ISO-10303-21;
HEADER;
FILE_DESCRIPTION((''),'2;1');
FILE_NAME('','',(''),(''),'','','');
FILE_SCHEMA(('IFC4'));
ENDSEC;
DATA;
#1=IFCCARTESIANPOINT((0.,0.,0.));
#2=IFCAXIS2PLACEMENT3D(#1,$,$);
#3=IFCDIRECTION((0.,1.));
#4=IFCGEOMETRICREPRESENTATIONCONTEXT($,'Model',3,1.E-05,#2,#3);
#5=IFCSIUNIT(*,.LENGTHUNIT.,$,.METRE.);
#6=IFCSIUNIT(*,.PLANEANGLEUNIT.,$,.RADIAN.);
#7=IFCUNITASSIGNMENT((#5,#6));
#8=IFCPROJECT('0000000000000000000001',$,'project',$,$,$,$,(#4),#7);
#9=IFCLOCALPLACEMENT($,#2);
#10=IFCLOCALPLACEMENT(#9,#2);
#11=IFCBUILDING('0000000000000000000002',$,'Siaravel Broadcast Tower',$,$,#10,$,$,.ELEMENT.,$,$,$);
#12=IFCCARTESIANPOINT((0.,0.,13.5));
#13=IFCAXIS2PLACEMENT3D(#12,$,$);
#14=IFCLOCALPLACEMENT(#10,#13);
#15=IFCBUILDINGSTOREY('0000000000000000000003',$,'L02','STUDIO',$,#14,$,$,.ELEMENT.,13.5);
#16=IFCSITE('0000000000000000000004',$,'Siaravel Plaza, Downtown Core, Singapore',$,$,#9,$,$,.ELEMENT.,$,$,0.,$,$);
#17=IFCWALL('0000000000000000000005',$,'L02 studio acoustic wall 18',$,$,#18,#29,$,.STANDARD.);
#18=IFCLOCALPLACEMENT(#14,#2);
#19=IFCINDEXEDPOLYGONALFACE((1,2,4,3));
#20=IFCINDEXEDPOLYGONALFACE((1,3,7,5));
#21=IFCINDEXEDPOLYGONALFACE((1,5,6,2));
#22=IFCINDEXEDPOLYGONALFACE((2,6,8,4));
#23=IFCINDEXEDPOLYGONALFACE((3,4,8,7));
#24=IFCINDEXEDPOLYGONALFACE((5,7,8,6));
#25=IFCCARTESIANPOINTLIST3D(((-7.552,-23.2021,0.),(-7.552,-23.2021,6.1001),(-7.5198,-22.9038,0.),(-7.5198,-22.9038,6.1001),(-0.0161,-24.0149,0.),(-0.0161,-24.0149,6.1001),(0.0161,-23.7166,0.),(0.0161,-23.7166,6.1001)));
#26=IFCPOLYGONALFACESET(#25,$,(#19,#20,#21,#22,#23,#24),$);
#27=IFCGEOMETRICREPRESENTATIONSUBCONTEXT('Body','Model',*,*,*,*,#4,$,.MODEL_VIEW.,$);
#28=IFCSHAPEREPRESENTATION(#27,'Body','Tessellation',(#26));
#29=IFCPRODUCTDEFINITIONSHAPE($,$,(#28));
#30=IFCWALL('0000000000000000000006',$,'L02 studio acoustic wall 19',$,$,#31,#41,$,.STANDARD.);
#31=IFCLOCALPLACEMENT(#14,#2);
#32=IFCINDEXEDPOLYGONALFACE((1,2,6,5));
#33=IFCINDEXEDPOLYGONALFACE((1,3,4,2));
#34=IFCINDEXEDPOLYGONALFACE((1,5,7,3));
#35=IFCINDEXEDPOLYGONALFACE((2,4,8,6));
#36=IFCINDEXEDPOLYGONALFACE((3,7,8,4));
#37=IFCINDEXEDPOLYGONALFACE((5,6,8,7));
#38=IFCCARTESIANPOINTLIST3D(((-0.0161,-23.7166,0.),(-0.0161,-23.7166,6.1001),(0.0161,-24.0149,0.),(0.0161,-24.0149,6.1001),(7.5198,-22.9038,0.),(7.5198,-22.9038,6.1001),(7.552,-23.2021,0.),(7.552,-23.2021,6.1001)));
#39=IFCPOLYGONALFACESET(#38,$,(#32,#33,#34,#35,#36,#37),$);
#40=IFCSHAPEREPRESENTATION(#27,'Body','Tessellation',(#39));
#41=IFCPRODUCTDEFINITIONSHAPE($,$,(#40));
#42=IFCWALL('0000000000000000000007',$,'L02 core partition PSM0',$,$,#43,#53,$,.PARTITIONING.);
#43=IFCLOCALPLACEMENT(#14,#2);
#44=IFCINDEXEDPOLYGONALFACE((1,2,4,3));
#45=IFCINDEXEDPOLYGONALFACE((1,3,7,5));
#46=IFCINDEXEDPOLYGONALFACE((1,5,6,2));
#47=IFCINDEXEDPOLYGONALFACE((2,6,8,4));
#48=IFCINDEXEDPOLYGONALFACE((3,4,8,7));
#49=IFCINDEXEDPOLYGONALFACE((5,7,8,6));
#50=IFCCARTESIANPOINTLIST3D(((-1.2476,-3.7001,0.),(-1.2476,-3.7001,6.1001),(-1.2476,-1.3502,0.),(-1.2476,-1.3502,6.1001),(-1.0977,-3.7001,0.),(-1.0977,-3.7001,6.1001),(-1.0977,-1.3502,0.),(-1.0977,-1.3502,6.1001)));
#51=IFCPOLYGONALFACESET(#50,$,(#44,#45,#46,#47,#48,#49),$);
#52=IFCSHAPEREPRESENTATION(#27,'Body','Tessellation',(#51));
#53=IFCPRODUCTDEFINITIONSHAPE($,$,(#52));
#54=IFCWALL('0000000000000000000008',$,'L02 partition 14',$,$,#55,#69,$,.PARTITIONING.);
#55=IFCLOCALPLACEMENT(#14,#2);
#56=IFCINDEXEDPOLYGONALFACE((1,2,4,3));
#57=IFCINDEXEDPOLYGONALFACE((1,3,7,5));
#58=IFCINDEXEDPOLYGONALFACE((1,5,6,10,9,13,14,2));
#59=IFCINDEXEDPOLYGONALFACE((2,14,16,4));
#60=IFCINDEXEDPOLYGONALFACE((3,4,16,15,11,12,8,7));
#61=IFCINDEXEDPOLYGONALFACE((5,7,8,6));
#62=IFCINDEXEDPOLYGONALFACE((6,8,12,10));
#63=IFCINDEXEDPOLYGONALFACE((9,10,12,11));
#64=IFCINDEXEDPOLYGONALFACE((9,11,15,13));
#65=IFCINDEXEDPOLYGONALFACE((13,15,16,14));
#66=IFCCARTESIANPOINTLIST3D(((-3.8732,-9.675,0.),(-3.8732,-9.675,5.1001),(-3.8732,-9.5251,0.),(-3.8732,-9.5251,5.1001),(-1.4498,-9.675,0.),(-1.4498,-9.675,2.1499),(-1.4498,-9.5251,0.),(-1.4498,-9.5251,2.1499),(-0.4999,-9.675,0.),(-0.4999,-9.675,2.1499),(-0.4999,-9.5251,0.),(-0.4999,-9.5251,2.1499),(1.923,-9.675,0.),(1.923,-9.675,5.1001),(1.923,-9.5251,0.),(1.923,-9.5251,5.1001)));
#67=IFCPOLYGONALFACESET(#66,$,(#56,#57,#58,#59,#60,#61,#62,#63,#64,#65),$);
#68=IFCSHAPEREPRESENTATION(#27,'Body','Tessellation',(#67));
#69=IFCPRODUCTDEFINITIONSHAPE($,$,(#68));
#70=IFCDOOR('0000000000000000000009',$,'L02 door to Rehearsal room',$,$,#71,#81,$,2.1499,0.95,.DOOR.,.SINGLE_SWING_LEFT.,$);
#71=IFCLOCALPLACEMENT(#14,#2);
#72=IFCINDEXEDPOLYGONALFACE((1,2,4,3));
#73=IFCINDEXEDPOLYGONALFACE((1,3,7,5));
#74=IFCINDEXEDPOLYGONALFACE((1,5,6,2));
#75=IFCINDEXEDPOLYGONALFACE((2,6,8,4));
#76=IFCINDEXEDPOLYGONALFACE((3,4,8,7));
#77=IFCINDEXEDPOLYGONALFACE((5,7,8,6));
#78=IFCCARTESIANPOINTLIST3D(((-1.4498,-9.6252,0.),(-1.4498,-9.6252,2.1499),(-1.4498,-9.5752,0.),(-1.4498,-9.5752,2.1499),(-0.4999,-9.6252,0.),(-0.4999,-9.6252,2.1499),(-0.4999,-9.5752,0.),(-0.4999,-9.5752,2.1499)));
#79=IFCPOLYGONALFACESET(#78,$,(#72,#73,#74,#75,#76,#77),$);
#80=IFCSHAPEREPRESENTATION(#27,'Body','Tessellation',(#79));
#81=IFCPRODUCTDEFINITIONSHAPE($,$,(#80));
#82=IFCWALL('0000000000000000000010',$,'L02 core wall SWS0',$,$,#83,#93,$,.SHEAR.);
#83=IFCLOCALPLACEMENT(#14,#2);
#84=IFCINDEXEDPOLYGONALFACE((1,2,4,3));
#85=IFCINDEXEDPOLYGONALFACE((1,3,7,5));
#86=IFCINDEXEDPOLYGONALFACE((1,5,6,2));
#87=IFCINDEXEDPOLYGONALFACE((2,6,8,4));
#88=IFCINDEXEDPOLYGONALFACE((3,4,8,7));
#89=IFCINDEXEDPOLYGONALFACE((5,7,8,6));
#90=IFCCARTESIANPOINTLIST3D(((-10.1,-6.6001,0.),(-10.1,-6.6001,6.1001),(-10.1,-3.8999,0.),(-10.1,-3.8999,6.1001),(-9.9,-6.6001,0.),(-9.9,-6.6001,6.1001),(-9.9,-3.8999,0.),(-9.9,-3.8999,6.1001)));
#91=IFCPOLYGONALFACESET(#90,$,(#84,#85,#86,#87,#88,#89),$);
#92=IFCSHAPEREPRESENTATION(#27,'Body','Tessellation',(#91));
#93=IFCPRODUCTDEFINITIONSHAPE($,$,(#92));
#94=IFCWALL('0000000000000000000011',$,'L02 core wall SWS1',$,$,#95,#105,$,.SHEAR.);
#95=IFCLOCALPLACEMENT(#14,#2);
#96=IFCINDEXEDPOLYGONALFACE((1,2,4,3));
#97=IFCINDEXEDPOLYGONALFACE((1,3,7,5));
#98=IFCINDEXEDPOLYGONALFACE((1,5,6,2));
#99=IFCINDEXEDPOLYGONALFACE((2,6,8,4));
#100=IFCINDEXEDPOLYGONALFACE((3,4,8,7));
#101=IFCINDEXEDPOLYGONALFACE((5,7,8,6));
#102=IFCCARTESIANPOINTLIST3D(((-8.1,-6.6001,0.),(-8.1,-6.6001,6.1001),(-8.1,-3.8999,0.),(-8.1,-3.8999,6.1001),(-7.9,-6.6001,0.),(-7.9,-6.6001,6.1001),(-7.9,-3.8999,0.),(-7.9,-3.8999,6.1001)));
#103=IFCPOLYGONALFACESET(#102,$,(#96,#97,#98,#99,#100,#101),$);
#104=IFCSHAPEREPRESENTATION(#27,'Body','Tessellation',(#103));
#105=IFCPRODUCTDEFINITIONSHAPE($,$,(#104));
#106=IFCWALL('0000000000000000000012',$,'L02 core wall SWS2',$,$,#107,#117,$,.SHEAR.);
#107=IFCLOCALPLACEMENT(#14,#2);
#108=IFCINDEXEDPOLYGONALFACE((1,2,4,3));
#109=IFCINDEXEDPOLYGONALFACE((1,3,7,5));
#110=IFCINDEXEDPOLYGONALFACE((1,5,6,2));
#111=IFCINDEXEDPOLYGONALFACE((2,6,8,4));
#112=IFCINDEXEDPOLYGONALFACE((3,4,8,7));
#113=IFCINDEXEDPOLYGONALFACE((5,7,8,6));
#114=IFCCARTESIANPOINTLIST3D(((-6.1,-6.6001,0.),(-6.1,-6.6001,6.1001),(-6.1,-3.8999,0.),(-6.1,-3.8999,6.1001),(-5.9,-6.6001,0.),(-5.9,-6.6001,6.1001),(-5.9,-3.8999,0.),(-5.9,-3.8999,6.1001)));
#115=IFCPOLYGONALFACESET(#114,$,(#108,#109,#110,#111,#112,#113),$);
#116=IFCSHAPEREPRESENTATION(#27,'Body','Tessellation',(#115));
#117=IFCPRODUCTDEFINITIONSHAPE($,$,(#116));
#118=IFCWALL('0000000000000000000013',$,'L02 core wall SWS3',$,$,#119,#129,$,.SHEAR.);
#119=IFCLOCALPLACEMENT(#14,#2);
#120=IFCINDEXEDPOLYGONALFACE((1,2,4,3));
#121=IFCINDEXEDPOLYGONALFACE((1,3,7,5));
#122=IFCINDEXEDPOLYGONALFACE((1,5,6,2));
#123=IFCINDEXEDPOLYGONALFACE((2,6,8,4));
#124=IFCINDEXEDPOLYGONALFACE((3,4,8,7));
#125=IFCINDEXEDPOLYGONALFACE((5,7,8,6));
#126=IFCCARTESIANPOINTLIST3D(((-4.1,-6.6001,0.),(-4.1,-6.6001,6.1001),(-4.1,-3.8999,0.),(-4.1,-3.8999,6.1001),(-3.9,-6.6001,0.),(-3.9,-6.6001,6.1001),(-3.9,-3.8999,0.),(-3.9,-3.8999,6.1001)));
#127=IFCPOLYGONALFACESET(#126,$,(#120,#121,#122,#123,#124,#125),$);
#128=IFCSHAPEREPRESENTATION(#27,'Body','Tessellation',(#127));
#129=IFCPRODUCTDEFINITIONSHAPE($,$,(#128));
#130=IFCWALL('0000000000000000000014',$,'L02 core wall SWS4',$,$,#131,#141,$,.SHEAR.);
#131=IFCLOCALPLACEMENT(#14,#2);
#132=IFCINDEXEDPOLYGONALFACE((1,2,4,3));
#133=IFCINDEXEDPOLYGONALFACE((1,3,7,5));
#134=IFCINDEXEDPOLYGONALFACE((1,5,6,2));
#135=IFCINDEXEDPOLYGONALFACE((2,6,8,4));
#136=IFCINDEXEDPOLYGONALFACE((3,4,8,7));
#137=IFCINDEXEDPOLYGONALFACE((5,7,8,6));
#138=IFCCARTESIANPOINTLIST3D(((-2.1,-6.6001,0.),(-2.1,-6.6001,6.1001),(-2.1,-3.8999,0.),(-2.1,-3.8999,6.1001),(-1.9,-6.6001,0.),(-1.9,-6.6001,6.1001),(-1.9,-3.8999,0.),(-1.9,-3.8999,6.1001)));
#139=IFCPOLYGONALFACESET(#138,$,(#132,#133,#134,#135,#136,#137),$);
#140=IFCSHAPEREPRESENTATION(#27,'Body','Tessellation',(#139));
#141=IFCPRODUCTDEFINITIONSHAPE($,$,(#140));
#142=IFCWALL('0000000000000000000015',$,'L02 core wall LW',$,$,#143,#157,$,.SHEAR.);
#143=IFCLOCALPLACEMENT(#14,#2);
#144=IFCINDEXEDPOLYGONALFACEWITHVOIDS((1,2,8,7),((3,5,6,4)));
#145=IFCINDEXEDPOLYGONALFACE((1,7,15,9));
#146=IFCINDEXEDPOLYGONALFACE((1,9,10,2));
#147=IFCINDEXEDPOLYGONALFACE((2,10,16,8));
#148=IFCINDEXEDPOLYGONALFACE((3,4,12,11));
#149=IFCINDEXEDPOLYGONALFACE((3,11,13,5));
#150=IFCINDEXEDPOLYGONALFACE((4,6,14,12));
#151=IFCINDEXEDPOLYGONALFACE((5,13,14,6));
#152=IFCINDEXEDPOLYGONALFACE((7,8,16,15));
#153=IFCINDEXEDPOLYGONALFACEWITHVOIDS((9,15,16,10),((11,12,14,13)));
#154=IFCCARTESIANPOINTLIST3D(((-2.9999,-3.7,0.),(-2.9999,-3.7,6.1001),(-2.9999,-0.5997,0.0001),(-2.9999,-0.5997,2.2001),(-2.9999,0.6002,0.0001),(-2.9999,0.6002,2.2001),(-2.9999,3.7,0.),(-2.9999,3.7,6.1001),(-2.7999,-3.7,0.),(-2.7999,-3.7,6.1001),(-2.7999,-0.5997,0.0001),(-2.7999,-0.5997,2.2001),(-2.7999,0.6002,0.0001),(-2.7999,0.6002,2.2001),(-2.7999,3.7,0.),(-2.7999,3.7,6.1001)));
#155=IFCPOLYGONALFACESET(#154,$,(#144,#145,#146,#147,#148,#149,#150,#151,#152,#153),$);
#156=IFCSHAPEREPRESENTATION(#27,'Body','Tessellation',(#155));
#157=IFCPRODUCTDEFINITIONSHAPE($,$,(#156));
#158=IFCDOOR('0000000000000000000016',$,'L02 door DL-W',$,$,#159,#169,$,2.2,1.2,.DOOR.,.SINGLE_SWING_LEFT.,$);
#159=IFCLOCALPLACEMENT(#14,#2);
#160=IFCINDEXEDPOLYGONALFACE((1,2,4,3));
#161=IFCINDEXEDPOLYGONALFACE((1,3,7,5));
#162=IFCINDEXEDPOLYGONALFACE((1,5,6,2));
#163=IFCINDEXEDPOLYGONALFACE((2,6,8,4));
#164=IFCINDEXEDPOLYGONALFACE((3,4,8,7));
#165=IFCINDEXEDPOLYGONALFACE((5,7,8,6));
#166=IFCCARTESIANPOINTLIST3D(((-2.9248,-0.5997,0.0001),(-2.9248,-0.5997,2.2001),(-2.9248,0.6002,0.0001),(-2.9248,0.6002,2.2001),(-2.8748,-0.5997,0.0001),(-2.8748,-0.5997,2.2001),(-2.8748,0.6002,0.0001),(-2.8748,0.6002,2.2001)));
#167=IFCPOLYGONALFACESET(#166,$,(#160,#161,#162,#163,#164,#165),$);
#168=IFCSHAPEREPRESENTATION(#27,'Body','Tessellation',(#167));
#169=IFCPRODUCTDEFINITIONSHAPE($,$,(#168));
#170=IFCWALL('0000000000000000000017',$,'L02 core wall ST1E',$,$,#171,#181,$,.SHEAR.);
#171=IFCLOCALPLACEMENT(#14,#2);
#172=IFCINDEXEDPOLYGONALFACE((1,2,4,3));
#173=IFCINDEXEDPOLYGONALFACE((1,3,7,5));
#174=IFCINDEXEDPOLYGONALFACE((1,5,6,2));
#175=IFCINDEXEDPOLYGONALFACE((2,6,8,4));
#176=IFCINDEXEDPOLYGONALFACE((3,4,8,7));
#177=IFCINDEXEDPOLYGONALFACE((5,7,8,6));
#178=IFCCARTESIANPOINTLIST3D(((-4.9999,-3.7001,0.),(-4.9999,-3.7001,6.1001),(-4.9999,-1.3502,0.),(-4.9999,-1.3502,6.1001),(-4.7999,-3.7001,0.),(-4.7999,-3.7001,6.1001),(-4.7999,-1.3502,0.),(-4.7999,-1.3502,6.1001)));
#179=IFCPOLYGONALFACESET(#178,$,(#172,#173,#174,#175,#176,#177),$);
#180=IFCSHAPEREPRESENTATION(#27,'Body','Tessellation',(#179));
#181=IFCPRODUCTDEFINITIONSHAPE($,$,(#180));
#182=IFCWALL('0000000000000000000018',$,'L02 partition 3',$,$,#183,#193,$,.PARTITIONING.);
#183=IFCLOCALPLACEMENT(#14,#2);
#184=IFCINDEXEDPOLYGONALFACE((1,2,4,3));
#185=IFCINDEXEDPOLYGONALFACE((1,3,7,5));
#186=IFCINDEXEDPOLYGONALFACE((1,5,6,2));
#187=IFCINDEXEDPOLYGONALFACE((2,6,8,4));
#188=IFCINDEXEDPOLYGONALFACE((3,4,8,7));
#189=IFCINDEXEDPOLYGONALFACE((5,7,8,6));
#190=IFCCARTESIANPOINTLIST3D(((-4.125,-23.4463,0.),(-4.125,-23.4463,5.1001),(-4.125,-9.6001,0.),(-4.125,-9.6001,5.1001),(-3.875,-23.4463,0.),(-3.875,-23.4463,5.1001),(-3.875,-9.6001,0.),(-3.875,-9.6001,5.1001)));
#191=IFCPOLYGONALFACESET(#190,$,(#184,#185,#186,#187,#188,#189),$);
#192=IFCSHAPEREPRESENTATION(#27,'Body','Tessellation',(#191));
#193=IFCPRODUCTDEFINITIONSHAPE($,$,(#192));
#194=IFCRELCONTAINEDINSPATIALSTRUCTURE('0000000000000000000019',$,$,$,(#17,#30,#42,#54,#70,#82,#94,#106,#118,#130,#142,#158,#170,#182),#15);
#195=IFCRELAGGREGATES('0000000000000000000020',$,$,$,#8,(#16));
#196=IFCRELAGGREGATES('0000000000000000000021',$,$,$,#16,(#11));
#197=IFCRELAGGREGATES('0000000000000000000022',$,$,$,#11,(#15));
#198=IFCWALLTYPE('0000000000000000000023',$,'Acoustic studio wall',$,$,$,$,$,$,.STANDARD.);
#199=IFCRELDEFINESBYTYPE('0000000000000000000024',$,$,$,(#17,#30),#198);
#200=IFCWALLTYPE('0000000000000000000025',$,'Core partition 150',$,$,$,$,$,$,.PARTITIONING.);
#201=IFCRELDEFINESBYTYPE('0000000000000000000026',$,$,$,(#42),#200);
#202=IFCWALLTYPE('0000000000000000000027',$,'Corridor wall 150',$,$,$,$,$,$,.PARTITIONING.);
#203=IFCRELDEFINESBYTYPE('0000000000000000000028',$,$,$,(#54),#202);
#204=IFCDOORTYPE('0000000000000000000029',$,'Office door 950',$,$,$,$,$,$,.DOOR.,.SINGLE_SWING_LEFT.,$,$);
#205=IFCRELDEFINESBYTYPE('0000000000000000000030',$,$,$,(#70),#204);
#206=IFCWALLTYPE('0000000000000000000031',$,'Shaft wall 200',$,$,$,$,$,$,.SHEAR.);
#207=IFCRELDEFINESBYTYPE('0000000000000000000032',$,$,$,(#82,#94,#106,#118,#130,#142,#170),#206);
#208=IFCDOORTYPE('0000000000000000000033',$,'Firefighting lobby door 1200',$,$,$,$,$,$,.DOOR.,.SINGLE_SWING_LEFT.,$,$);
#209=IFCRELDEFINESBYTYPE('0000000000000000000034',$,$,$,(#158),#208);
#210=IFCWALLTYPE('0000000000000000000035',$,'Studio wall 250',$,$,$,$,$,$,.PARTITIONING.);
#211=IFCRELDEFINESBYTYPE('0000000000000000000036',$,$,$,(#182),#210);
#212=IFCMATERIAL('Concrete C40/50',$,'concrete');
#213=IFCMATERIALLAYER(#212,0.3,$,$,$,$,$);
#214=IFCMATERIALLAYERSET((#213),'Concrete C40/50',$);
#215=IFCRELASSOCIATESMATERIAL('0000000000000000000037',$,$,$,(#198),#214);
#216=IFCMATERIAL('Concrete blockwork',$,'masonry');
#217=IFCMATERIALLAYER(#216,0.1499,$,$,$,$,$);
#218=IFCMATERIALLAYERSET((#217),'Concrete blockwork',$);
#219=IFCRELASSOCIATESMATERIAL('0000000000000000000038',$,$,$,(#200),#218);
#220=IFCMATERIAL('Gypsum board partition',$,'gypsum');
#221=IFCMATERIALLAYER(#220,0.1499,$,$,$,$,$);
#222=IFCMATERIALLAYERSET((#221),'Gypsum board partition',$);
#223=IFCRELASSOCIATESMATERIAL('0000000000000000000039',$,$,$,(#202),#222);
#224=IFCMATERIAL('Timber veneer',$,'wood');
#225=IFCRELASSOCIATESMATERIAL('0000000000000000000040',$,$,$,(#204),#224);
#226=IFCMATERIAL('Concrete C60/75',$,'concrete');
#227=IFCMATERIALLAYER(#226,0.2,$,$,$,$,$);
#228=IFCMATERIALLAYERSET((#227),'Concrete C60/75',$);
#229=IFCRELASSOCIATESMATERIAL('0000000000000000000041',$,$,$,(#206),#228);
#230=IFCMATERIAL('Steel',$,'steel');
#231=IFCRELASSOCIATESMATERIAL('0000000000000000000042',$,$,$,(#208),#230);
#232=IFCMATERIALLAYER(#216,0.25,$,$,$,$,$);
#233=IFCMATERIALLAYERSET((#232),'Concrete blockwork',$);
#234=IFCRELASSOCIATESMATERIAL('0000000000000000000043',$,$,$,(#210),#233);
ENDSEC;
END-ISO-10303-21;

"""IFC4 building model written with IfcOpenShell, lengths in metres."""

from ifc_helpers import new_model, si_unit, direction, frame, frame_2d, origin, place, context, subcontext, project, spatial, rectangle, extrude, material, layer, layer_set, type_object, element, fill, save


model = new_model("IFC4")

# Units and contexts
model_context = context("Model", 3, precision=1e-05, world=origin(), true_north=direction((0.0, 1.0)))
body_context = subcontext(model_context, "Body", "Model", "MODEL_VIEW")
ifc_project = project(units=[si_unit("LENGTHUNIT", "METRE"), si_unit("PLANEANGLEUNIT", "RADIAN")], contexts=[model_context])

# Site, building, storey
site_placement = place(None, origin())
site = spatial("IfcSite", under=ifc_project, at=site_placement, Name="Siaravel Plaza, Downtown Core, Singapore", CompositionType="ELEMENT", RefElevation=0.0)
building_placement = place(site_placement, origin())
building = spatial("IfcBuilding", under=site, at=building_placement, Name="Siaravel Broadcast Tower", CompositionType="ELEMENT")
storey_placement = place(building_placement, frame((0.0, 0.0, 13.5)))
storey = spatial("IfcBuildingStorey", under=building, at=storey_placement, Name="L02", Description="STUDIO", CompositionType="ELEMENT", Elevation=13.5)

# Walls
ifc_material_1 = material(Name="Concrete C40/50", Category="concrete")
ifc_layer_1 = layer(ifc_material_1, 0.3)
ifc_layer_set_1 = layer_set([ifc_layer_1], Name="Concrete C40/50")
wall_type_1 = type_object("IfcWallType", Name="Acoustic studio wall", PredefinedType="STANDARD", material=ifc_layer_set_1)
for number, where, z_axis, x_axis, name in (
    (1, (-7.5359, -23.053, 0.0), (0.0, 0.0, 1.0), (0.994234, -0.107228, 0.0), "L02 studio acoustic wall 18"),
    (2, (0.0, -23.8657, 0.0), (0.0, 0.0, 1.0), (0.994234, 0.107228, 0.0), "L02 studio acoustic wall 19"),
):
    element("IfcWall", number, at=place(storey_placement, frame(where, z_axis=z_axis, x_axis=x_axis)), inside=storey, type_object=wall_type_1, Name=name, PredefinedType="STANDARD", context=body_context, shape_type="SweptSolid", body=[
        extrude(rectangle(XDim=7.5796, YDim=0.3, at=frame_2d((3.7898, 0.0))), origin(), (0.0, 0.0, 1.0), 6.1001),
    ])
ifc_material_2 = material(Name="Concrete blockwork", Category="masonry")
ifc_layer_2 = layer(ifc_material_2, 0.1499)
ifc_layer_set_2 = layer_set([ifc_layer_2], Name="Concrete blockwork")
wall_type_2 = type_object("IfcWallType", Name="Core partition 150", PredefinedType="PARTITIONING", material=ifc_layer_set_2)
wall_1_placement = place(storey_placement, frame((-1.1726, -3.7, 0.0), z_axis=(0.0, 0.0, 1.0), x_axis=(0.0, 1.0, 0.0)))
element("IfcWall", 3, at=wall_1_placement, inside=storey, type_object=wall_type_2, Name="L02 core partition PSM0", PredefinedType="PARTITIONING", context=body_context, shape_type="SweptSolid", body=[
    extrude(rectangle(XDim=2.3499, YDim=0.1499, at=frame_2d((1.1748, 0.0))), origin(), (0.0, 0.0, 1.0), 6.1001),
])

# Wall, opening, door
ifc_material_3 = material(Name="Gypsum board partition", Category="gypsum")
ifc_layer_3 = layer(ifc_material_3, 0.1499)
ifc_layer_set_3 = layer_set([ifc_layer_3], Name="Gypsum board partition")
wall_type_3 = type_object("IfcWallType", Name="Corridor wall 150", PredefinedType="PARTITIONING", material=ifc_layer_set_3)
wall_2_placement = place(storey_placement, frame((-3.873, -9.6001, 0.0), z_axis=(0.0, 0.0, 1.0), x_axis=(1.0, 0.0, 0.0)))
wall_2 = element("IfcWall", 4, at=wall_2_placement, inside=storey, type_object=wall_type_3, Name="L02 partition 14", PredefinedType="PARTITIONING", context=body_context, shape_type="SweptSolid", body=[
    extrude(rectangle(XDim=5.7961, YDim=0.1499, at=frame_2d((2.8979, 0.0))), origin(), (0.0, 0.0, 1.0), 5.1001),
])
opening_1_placement = place(wall_2_placement, frame((2.4231, 0.0, 0.0)))
opening_1 = element("IfcOpeningElement", 5, at=opening_1_placement, cuts=wall_2, PredefinedType="OPENING", context=body_context, shape_type="SweptSolid", body=[
    extrude(rectangle(XDim=0.95, YDim=2.1499, at=frame_2d((0.4751, 1.075))), frame((0.0, 0.085, 0.0), z_axis=(0.0, -1.0, 0.0), x_axis=(1.0, 0.0, 0.0)), (0.0, 0.0, 1.0), 0.1699),
])
ifc_material_4 = material(Name="Timber veneer", Category="wood")
door_type_1 = type_object("IfcDoorType", Name="Office door 950", OperationType="SINGLE_SWING_LEFT", PredefinedType="DOOR", material=ifc_material_4)
door_1_placement = place(opening_1_placement, origin())
door_1 = element("IfcDoor", 6, at=door_1_placement, inside=storey, type_object=door_type_1, Name="L02 door to Rehearsal room", OperationType="SINGLE_SWING_LEFT", OverallHeight=2.1499, OverallWidth=0.95, PredefinedType="DOOR", context=body_context, shape_type="SweptSolid", body=[
    extrude(rectangle(XDim=0.95, YDim=2.1499, at=frame_2d((0.4751, 1.075))), frame((0.0, 0.0249, 0.0), z_axis=(0.0, -1.0, 0.0), x_axis=(1.0, 0.0, 0.0)), (0.0, 0.0, 1.0), 0.05),
])
fill(opening_1, door_1)

# Walls
ifc_material_5 = material(Name="Concrete C60/75", Category="concrete")
ifc_layer_4 = layer(ifc_material_5, 0.2)
ifc_layer_set_4 = layer_set([ifc_layer_4], Name="Concrete C60/75")
wall_type_4 = type_object("IfcWallType", Name="Shaft wall 200", PredefinedType="SHEAR", material=ifc_layer_set_4)
for number, where, z_axis, x_axis, name in (
    (7, (-10.0, -6.6001, 0.0), (0.0, 0.0, 1.0), (0.0, 1.0, 0.0), "L02 core wall SWS0"),
    (8, (-8.0, -6.6001, 0.0), (0.0, 0.0, 1.0), (0.0, 1.0, 0.0), "L02 core wall SWS1"),
    (9, (-6.0, -6.6001, 0.0), (0.0, 0.0, 1.0), (0.0, 1.0, 0.0), "L02 core wall SWS2"),
    (10, (-4.0, -6.6001, 0.0), (0.0, 0.0, 1.0), (0.0, 1.0, 0.0), "L02 core wall SWS3"),
    (11, (-2.0, -6.6001, 0.0), (0.0, 0.0, 1.0), (0.0, 1.0, 0.0), "L02 core wall SWS4"),
):
    element("IfcWall", number, at=place(storey_placement, frame(where, z_axis=z_axis, x_axis=x_axis)), inside=storey, type_object=wall_type_4, Name=name, PredefinedType="SHEAR", context=body_context, shape_type="SweptSolid", body=[
        extrude(rectangle(XDim=2.7002, YDim=0.2, at=frame_2d((1.3501, 0.0))), origin(), (0.0, 0.0, 1.0), 6.1001),
    ])

# Wall, opening, door
wall_3_placement = place(storey_placement, frame((-2.8999, -3.7, 0.0), z_axis=(0.0, 0.0, 1.0), x_axis=(0.0, 1.0, 0.0)))
wall_3 = element("IfcWall", 12, at=wall_3_placement, inside=storey, type_object=wall_type_4, Name="L02 core wall LW", PredefinedType="SHEAR", context=body_context, shape_type="SweptSolid", body=[
    extrude(rectangle(XDim=7.3999, YDim=0.2, at=frame_2d((3.7, 0.0))), origin(), (0.0, 0.0, 1.0), 6.1001),
])
opening_2_placement = place(wall_3_placement, frame((3.1001, 0.0, 0.0)))
opening_2 = element("IfcOpeningElement", 13, at=opening_2_placement, cuts=wall_3, PredefinedType="OPENING", context=body_context, shape_type="SweptSolid", body=[
    extrude(rectangle(XDim=1.2, YDim=2.2, at=frame_2d((0.6001, 1.1001))), frame((0.0, 0.1099, 0.0), z_axis=(0.0, -1.0, 0.0), x_axis=(1.0, 0.0, 0.0)), (0.0, 0.0, 1.0), 0.22),
])
ifc_material_6 = material(Name="Steel", Category="steel")
door_type_2 = type_object("IfcDoorType", Name="Firefighting lobby door 1200", OperationType="SINGLE_SWING_LEFT", PredefinedType="DOOR", material=ifc_material_6)
door_2_placement = place(opening_2_placement, origin())
door_2 = element("IfcDoor", 14, at=door_2_placement, inside=storey, type_object=door_type_2, Name="L02 door DL-W", OperationType="SINGLE_SWING_LEFT", OverallHeight=2.2, OverallWidth=1.2, PredefinedType="DOOR", context=body_context, shape_type="SweptSolid", body=[
    extrude(rectangle(XDim=1.2, YDim=2.2, at=frame_2d((0.6001, 1.1001))), frame((0.0, 0.0249, 0.0), z_axis=(0.0, -1.0, 0.0), x_axis=(1.0, 0.0, 0.0)), (0.0, 0.0, 1.0), 0.05),
])
fill(opening_2, door_2)

# Walls
wall_4_placement = place(storey_placement, frame((-4.8999, -3.7, 0.0), z_axis=(0.0, 0.0, 1.0), x_axis=(0.0, 1.0, 0.0)))
element("IfcWall", 15, at=wall_4_placement, inside=storey, type_object=wall_type_4, Name="L02 core wall ST1E", PredefinedType="SHEAR", context=body_context, shape_type="SweptSolid", body=[
    extrude(rectangle(XDim=2.3499, YDim=0.2, at=frame_2d((1.1748, 0.0))), origin(), (0.0, 0.0, 1.0), 6.1001),
])
ifc_layer_5 = layer(ifc_material_2, 0.25)
ifc_layer_set_5 = layer_set([ifc_layer_5], Name="Concrete blockwork")
wall_type_5 = type_object("IfcWallType", Name="Studio wall 250", PredefinedType="PARTITIONING", material=ifc_layer_set_5)
wall_5_placement = place(storey_placement, frame((-4.0, -23.4463, 0.0), z_axis=(0.0, 0.0, 1.0), x_axis=(0.0, 1.0, 0.0)))
element("IfcWall", 16, at=wall_5_placement, inside=storey, type_object=wall_type_5, Name="L02 partition 3", PredefinedType="PARTITIONING", context=body_context, shape_type="SweptSolid", body=[
    extrude(rectangle(XDim=13.8462, YDim=0.25, at=frame_2d((6.9231, 0.0))), origin(), (0.0, 0.0, 1.0), 5.1001),
])

save(model, "model.ifc")
